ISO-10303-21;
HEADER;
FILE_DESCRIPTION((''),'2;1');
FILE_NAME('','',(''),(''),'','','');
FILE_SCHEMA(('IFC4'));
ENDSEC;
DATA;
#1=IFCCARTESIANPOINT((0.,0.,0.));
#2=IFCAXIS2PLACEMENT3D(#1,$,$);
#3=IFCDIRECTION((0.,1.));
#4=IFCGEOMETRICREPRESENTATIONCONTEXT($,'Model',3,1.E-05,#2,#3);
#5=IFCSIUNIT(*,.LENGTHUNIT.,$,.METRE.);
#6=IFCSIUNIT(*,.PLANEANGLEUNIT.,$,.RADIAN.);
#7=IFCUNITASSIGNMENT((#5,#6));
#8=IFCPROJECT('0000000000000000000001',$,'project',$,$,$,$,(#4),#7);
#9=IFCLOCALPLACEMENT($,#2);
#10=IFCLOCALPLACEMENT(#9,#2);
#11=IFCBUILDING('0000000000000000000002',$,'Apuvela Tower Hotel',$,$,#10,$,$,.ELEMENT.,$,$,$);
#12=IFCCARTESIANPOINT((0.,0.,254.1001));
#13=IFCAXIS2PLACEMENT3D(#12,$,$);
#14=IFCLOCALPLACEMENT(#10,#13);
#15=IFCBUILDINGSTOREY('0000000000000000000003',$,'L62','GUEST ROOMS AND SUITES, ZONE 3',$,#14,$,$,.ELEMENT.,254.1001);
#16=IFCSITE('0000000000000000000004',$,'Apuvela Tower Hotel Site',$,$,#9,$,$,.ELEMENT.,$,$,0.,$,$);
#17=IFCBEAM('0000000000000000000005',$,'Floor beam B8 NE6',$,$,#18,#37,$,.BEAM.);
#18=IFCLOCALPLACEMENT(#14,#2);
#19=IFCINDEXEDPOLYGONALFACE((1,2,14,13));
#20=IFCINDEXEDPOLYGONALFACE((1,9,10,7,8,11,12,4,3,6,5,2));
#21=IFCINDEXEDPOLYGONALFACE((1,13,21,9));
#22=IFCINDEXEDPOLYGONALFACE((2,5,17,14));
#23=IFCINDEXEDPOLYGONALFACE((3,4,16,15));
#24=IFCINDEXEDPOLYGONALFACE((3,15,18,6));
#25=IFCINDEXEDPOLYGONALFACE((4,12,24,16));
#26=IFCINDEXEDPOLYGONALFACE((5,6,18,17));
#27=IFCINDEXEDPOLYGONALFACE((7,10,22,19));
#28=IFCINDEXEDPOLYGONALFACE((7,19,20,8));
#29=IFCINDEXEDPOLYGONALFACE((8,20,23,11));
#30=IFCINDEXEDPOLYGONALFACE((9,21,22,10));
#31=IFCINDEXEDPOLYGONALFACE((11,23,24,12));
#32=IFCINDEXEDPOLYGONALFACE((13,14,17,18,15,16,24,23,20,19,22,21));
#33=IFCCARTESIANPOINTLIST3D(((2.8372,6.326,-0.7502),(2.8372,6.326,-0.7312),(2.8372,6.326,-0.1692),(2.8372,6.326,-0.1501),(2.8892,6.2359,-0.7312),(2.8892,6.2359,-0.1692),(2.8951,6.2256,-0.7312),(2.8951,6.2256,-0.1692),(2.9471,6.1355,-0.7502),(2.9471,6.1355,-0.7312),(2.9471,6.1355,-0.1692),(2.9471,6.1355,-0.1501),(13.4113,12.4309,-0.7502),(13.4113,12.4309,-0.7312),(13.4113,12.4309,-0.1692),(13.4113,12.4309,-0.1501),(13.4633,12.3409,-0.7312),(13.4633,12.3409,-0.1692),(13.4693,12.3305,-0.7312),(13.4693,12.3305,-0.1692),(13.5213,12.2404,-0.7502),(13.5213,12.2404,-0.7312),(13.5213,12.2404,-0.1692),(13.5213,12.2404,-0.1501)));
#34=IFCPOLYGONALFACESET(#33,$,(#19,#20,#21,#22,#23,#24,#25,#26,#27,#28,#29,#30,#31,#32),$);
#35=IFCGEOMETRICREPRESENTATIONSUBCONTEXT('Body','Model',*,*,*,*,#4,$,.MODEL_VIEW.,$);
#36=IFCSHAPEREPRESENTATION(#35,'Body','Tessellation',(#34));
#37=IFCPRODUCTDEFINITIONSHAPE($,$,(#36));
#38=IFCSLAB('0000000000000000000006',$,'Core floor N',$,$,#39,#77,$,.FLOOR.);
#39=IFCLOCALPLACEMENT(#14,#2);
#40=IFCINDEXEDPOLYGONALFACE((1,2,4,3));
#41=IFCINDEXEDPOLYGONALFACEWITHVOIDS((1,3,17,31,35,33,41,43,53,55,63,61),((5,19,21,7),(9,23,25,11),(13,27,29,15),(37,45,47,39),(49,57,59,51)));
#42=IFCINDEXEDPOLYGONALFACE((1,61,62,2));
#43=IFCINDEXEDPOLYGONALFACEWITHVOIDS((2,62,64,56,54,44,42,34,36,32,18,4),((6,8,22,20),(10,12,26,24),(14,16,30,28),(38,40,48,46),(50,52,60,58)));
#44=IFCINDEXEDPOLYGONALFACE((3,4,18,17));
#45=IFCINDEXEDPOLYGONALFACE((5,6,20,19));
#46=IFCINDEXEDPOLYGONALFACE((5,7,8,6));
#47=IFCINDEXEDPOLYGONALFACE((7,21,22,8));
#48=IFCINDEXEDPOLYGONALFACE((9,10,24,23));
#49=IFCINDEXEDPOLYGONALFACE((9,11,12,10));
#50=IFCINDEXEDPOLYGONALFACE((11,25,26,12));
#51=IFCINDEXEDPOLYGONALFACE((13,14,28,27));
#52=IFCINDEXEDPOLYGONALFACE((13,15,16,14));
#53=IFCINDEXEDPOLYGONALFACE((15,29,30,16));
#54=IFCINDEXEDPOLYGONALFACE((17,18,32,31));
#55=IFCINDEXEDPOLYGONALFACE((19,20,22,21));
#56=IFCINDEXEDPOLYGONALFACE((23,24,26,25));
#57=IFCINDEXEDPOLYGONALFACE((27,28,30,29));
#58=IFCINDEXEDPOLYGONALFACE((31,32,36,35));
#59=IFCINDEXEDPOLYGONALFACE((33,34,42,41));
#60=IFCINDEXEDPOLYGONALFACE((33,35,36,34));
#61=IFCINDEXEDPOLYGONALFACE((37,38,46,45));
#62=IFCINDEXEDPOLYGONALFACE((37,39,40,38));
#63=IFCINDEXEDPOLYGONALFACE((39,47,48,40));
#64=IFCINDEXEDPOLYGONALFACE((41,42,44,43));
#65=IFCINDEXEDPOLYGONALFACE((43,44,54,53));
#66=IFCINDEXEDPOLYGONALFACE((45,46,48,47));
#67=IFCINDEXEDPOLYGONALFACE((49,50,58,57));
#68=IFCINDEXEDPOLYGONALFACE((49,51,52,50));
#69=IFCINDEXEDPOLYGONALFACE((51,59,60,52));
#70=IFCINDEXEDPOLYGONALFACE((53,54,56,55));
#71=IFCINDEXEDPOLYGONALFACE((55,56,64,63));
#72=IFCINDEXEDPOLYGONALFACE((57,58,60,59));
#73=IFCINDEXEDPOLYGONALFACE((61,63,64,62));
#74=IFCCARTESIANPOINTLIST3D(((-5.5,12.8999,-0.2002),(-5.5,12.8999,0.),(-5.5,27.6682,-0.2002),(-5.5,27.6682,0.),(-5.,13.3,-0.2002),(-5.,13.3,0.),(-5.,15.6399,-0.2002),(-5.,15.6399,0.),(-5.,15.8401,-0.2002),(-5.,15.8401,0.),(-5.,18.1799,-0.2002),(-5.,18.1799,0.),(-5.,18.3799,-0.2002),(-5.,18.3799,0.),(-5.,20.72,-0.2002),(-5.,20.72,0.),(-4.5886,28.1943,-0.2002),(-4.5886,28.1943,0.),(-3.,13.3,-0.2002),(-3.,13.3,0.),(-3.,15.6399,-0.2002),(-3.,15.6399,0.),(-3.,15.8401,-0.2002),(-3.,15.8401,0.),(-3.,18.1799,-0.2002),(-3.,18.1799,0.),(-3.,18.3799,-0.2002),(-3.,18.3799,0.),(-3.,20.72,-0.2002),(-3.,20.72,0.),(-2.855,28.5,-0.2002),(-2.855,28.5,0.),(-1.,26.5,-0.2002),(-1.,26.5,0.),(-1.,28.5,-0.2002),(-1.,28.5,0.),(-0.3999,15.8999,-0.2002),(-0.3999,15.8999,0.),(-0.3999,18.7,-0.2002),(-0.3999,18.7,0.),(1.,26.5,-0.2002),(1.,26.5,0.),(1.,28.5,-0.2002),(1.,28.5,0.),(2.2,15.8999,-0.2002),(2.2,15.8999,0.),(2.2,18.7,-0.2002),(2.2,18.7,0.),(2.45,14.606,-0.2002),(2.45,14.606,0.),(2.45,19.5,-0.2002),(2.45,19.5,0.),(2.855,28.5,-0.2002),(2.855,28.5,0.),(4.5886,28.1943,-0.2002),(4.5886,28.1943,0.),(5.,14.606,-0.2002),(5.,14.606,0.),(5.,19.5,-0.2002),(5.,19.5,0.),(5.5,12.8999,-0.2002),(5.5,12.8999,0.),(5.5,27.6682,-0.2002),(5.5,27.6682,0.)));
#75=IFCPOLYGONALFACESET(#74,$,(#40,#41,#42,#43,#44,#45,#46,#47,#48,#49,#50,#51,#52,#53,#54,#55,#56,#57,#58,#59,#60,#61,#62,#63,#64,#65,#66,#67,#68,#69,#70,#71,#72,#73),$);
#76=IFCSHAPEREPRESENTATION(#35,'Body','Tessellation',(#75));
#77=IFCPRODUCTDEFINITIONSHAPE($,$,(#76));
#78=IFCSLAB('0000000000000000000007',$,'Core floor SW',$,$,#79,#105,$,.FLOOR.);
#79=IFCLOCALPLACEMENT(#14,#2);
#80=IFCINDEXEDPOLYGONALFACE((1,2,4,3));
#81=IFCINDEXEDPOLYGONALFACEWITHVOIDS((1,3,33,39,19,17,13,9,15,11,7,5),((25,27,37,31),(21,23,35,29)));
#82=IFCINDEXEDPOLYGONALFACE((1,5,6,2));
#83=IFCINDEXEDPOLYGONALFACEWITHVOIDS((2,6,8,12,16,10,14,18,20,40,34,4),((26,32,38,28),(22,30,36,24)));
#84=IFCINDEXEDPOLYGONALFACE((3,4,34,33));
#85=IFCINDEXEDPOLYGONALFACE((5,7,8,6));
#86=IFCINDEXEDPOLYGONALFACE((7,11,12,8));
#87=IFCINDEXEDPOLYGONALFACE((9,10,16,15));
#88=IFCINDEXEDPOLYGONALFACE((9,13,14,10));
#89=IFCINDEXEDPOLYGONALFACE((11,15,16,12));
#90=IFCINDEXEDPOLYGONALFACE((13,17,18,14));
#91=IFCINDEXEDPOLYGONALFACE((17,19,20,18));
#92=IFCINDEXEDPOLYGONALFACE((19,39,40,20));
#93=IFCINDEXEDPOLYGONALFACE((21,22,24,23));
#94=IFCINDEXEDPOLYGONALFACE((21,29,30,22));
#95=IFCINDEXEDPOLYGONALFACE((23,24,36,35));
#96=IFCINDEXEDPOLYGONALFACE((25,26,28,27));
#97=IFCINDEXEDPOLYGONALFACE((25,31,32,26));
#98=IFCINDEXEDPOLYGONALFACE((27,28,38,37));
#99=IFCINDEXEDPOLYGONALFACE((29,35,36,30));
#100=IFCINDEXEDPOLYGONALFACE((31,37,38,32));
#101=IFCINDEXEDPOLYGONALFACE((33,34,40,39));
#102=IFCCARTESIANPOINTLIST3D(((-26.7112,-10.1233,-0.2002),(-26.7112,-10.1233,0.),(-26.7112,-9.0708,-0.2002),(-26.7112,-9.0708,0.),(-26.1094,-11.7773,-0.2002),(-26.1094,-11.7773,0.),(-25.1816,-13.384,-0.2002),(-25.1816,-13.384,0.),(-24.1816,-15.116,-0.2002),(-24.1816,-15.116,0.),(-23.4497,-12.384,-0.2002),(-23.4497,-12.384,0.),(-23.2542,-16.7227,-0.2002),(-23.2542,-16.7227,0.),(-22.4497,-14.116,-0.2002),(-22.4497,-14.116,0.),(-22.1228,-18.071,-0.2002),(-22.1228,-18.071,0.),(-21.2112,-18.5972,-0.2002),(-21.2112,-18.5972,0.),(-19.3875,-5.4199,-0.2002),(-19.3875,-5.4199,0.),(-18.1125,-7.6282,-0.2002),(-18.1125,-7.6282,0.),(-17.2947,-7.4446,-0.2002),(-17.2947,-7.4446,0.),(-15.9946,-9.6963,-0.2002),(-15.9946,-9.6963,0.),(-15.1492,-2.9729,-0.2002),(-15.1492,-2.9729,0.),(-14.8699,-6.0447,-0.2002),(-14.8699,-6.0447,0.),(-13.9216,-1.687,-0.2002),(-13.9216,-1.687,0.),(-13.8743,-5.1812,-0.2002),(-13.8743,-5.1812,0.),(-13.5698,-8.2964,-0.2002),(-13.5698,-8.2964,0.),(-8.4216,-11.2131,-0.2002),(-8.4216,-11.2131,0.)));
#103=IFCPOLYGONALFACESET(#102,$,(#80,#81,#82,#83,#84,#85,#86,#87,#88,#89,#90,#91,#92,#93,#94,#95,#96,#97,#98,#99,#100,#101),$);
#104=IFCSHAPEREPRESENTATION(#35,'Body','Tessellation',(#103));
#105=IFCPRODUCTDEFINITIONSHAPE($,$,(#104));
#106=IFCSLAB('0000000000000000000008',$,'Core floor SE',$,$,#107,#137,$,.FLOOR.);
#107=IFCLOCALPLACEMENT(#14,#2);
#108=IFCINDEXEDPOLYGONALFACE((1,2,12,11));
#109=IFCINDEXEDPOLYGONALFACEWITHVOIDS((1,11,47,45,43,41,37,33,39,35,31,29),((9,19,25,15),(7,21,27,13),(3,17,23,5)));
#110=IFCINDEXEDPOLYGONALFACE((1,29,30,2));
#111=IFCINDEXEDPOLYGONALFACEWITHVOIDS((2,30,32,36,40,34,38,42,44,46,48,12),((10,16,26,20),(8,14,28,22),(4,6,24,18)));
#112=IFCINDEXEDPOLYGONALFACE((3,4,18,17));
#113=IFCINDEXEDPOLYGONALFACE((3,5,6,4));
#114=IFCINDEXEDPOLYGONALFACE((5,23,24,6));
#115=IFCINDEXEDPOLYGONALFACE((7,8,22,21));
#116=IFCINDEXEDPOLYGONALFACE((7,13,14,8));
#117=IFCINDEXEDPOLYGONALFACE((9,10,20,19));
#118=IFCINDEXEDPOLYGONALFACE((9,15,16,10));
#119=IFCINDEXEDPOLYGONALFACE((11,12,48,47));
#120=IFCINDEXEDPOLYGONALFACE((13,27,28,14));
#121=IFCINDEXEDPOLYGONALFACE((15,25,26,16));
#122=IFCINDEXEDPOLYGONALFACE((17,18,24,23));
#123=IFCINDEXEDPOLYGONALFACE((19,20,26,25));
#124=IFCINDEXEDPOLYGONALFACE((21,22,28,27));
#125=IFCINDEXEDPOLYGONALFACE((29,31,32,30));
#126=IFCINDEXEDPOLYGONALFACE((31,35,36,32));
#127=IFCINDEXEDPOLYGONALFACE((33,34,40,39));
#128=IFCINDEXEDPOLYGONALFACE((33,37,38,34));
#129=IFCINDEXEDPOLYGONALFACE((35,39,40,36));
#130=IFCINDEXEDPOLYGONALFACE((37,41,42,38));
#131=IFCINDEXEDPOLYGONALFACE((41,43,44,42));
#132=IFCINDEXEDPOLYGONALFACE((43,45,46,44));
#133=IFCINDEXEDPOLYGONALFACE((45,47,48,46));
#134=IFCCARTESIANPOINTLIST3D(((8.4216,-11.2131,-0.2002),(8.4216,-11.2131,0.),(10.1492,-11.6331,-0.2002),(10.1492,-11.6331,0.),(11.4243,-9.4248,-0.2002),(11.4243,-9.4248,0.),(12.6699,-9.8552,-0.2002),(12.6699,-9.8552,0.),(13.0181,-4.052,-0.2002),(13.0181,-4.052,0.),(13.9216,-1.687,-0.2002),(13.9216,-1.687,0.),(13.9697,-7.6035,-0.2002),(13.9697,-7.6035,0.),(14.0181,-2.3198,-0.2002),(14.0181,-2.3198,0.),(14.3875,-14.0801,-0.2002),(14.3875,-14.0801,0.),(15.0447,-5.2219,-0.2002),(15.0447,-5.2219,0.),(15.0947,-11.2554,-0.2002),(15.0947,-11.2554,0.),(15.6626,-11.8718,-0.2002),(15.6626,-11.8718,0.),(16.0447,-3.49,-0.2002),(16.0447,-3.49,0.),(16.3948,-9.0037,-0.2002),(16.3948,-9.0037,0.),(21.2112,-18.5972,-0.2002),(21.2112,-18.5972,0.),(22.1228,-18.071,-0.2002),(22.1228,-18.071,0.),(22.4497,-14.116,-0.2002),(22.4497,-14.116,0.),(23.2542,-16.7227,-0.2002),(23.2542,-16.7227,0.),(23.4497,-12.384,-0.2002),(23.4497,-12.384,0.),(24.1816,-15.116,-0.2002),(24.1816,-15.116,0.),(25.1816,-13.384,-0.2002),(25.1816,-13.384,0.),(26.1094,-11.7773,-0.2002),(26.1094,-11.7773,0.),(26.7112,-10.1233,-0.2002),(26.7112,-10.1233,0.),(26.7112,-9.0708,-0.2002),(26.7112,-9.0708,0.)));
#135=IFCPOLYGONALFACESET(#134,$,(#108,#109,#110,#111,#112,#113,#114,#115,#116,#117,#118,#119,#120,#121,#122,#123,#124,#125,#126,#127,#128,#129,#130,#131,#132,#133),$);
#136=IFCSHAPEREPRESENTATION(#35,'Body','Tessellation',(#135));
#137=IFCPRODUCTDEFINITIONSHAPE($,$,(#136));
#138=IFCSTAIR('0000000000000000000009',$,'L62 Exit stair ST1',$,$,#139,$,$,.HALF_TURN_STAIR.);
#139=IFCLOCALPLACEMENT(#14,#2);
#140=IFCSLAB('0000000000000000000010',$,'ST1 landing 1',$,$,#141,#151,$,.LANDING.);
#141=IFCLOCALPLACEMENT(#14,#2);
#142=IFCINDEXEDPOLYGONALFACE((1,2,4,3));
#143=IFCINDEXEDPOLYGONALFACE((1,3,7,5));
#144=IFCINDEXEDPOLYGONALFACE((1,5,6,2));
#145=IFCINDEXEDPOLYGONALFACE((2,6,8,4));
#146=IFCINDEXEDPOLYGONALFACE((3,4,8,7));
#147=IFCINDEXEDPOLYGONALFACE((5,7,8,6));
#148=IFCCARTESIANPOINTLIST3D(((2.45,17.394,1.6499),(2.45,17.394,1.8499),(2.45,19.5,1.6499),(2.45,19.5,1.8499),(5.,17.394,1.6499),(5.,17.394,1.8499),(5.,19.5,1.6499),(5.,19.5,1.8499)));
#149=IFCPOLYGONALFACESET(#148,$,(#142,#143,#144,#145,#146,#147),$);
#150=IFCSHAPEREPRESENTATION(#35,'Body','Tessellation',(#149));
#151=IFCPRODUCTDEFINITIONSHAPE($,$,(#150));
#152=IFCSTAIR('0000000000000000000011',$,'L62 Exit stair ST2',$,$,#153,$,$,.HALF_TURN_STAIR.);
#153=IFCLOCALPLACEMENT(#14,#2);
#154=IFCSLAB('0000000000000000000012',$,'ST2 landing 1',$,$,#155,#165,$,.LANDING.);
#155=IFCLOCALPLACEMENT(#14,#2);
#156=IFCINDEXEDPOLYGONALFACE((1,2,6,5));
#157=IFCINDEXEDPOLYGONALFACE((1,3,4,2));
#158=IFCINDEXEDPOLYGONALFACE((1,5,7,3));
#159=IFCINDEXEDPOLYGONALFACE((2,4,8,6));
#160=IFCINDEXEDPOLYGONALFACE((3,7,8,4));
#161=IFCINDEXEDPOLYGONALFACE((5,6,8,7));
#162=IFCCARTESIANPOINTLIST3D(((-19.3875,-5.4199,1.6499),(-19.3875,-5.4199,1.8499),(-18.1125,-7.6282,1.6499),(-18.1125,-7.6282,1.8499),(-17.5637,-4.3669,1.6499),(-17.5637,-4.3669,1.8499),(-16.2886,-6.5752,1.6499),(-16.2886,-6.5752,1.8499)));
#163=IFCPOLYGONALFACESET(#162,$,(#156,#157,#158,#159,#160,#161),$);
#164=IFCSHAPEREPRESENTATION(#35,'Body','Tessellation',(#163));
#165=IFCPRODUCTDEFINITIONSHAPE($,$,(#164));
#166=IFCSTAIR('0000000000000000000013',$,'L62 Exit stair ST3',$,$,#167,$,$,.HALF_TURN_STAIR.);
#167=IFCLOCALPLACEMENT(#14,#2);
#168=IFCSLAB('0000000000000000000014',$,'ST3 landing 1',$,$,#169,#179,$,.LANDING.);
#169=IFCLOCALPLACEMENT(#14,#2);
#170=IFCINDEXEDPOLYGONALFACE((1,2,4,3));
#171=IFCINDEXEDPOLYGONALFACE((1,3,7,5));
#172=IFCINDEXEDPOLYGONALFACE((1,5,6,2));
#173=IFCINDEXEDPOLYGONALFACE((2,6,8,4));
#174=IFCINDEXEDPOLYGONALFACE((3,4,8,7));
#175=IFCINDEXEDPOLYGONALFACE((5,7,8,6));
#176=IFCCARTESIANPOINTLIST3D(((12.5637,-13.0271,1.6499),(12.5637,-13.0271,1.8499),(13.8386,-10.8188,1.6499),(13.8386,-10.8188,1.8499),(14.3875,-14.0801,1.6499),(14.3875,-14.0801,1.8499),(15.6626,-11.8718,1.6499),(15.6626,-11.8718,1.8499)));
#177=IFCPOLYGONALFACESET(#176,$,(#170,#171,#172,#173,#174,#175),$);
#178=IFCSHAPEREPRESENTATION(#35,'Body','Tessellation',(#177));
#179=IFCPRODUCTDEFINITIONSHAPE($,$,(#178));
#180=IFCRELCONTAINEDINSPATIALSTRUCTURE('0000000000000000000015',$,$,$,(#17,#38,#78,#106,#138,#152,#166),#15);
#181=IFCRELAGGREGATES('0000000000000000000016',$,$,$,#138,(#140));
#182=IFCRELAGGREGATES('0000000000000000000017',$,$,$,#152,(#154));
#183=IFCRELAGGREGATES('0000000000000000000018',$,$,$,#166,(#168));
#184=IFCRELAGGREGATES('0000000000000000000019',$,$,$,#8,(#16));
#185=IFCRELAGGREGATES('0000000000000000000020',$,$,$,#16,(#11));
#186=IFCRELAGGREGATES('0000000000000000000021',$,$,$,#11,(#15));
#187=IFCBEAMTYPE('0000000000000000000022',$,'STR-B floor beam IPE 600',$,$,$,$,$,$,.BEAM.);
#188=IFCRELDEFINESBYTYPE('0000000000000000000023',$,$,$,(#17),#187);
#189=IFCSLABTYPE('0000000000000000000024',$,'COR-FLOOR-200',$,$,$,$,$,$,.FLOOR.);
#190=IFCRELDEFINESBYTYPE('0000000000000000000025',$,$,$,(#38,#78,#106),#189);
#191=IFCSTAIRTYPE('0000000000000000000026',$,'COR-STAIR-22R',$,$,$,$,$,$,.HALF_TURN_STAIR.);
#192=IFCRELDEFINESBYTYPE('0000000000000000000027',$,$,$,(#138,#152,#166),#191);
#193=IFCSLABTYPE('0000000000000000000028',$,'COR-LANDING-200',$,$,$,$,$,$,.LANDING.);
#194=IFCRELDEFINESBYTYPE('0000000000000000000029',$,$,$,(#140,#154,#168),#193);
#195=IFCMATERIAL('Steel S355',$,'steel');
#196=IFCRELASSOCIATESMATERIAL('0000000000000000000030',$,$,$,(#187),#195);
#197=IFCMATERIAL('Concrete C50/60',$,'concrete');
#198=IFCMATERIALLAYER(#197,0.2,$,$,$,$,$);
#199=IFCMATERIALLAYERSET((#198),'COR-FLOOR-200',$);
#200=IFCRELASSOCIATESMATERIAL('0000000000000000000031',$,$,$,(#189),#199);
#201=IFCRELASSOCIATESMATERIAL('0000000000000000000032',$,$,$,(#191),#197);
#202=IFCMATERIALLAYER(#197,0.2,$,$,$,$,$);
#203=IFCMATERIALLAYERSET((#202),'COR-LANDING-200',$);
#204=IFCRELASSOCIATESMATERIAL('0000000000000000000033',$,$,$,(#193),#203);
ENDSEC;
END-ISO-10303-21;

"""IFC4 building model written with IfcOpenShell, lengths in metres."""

from ifc_helpers import new_model, si_unit, direction, frame, origin, origin_2d, place, context, subcontext, project, spatial, polyline, i_section, outline, extrude, material, layer, layer_set, material_profile, profile_set, type_object, element, aggregate, save


model = new_model("IFC4")

# Units and contexts
model_context = context("Model", 3, precision=1e-05, world=origin(), true_north=direction((0.0, 1.0)))
body_context = subcontext(model_context, "Body", "Model", "MODEL_VIEW")
ifc_project = project(units=[si_unit("LENGTHUNIT", "METRE"), si_unit("PLANEANGLEUNIT", "RADIAN")], contexts=[model_context])

# Site, building, storey
site_placement = place(None, origin())
site = spatial("IfcSite", under=ifc_project, at=site_placement, Name="Apuvela Tower Hotel Site", CompositionType="ELEMENT", RefElevation=0.0)
building_placement = place(site_placement, origin())
building = spatial("IfcBuilding", under=site, at=building_placement, Name="Apuvela Tower Hotel", CompositionType="ELEMENT")
storey_placement = place(building_placement, frame((0.0, 0.0, 254.1001)))
storey = spatial("IfcBuildingStorey", under=building, at=storey_placement, Name="L62", Description="GUEST ROOMS AND SUITES, ZONE 3", CompositionType="ELEMENT", Elevation=254.1001)

# Beam
ifc_material_1 = material(Name="Steel S355", Category="steel")
ifc_material_profile = material_profile(ifc_material_1, i_section(OverallWidth=0.22, OverallDepth=0.6001, WebThickness=0.012, FlangeThickness=0.019, at=origin_2d()), Name="IPE 600")
ifc_profile_set = profile_set([ifc_material_profile], Name="Steel S355")
beam_type = type_object("IfcBeamType", Name="STR-B floor beam IPE 600", PredefinedType="BEAM", material=ifc_profile_set)
beam_placement = place(storey_placement, frame((13.4663, 12.3357, -0.4502), z_axis=(-0.866027, -0.499997, 0.0), x_axis=(0.499997, -0.866027, 0.0)))
element("IfcBeam", 1, at=beam_placement, inside=storey, type_object=beam_type, Name="Floor beam B8 NE6", PredefinedType="BEAM", context=body_context, shape_type="SweptSolid", body=[
    extrude(i_section(OverallWidth=0.22, OverallDepth=0.6001, WebThickness=0.012, FlangeThickness=0.019, at=origin_2d()), origin(), (0.0, 0.0, 1.0), 12.21),
])

# Slabs
ifc_material_2 = material(Name="Concrete C50/60", Category="concrete")
ifc_layer_1 = layer(ifc_material_2, 0.2)
ifc_layer_set_1 = layer_set([ifc_layer_1], Name="COR-FLOOR-200")
slab_type_1 = type_object("IfcSlabType", Name="COR-FLOOR-200", PredefinedType="FLOOR", material=ifc_layer_set_1)
slab_1_placement = place(storey_placement, frame((0.0, 0.0, -0.2002)))
element("IfcSlab", 2, at=slab_1_placement, inside=storey, type_object=slab_type_1, Name="Core floor N", PredefinedType="FLOOR", context=body_context, shape_type="SweptSolid", body=[
    extrude(outline(polyline([(5.5, 27.6682), (4.5886, 28.1943), (2.855, 28.5), (1.0, 28.5), (1.0, 26.5), (-1.0, 26.5), (-1.0, 28.5), (-2.855, 28.5), (-4.5886, 28.1943), (-5.5, 27.6682), (-5.5, 12.8999), (5.5, 12.8999), (5.5, 27.6682)]), holes=[polyline([(-3.0, 13.3), (-5.0, 13.3), (-5.0, 15.6399), (-3.0, 15.6399), (-3.0, 13.3)]), polyline([(-3.0, 15.8401), (-5.0, 15.8401), (-5.0, 18.1799), (-3.0, 18.1799), (-3.0, 15.8401)]), polyline([(5.0, 14.606), (2.45, 14.606), (2.45, 19.5), (5.0, 19.5), (5.0, 14.606)]), polyline([(2.2, 18.7), (2.2, 15.8999), (-0.3999, 15.8999), (-0.3999, 18.7), (2.2, 18.7)]), polyline([(-3.0, 20.72), (-3.0, 18.3799), (-5.0, 18.3799), (-5.0, 20.72), (-3.0, 20.72)])]), origin(), (0.0, 0.0, 1.0), 0.2002),
])
slab_2_placement = place(storey_placement, frame((0.0, 0.0, -0.2002)))
element("IfcSlab", 3, at=slab_2_placement, inside=storey, type_object=slab_type_1, Name="Core floor SW", PredefinedType="FLOOR", context=body_context, shape_type="SweptSolid", body=[
    extrude(outline(polyline([(-26.7112, -9.0708), (-26.7112, -10.1233), (-26.1094, -11.7773), (-25.1816, -13.384), (-23.4497, -12.384), (-22.4497, -14.116), (-24.1816, -15.116), (-23.2542, -16.7227), (-22.1228, -18.071), (-21.2112, -18.5972), (-8.4216, -11.2131), (-13.9216, -1.687), (-26.7112, -9.0708)]), holes=[polyline([(-13.8743, -5.1812), (-18.1125, -7.6282), (-19.3875, -5.4199), (-15.1492, -2.9729), (-13.8743, -5.1812)]), polyline([(-13.5698, -8.2964), (-15.9946, -9.6963), (-17.2947, -7.4446), (-14.8699, -6.0447), (-13.5698, -8.2964)])]), origin(), (0.0, 0.0, 1.0), 0.2002),
])
slab_3_placement = place(storey_placement, frame((0.0, 0.0, -0.2002)))
element("IfcSlab", 4, at=slab_3_placement, inside=storey, type_object=slab_type_1, Name="Core floor SE", PredefinedType="FLOOR", context=body_context, shape_type="SweptSolid", body=[
    extrude(outline(polyline([(21.2112, -18.5972), (22.1228, -18.071), (23.2542, -16.7227), (24.1816, -15.116), (22.4497, -14.116), (23.4497, -12.384), (25.1816, -13.384), (26.1094, -11.7773), (26.7112, -10.1233), (26.7112, -9.0708), (13.9216, -1.687), (8.4216, -11.2131), (21.2112, -18.5972)]), holes=[polyline([(14.0181, -2.3198), (16.0447, -3.49), (15.0447, -5.2219), (13.0181, -4.052), (14.0181, -2.3198)]), polyline([(10.1492, -11.6331), (11.4243, -9.4248), (15.6626, -11.8718), (14.3875, -14.0801), (10.1492, -11.6331)]), polyline([(12.6699, -9.8552), (13.9697, -7.6035), (16.3948, -9.0037), (15.0947, -11.2554), (12.6699, -9.8552)])]), origin(), (0.0, 0.0, 1.0), 0.2002),
])

# Stairs, slabs
stair_type = type_object("IfcStairType", Name="COR-STAIR-22R", PredefinedType="HALF_TURN_STAIR", material=ifc_material_2)
stair_1_placement = place(storey_placement, origin())
stair_1 = element("IfcStair", 5, at=stair_1_placement, inside=storey, type_object=stair_type, Name="L62 Exit stair ST1", PredefinedType="HALF_TURN_STAIR")
ifc_layer_2 = layer(ifc_material_2, 0.2)
ifc_layer_set_2 = layer_set([ifc_layer_2], Name="COR-LANDING-200")
slab_type_2 = type_object("IfcSlabType", Name="COR-LANDING-200", PredefinedType="LANDING", material=ifc_layer_set_2)
slab_4_placement = place(storey_placement, frame((0.0, 0.0, 1.6499)))
slab_4 = element("IfcSlab", 6, at=slab_4_placement, type_object=slab_type_2, Name="ST1 landing 1", PredefinedType="LANDING", context=body_context, shape_type="SweptSolid", body=[
    extrude(outline(polyline([(5.0, 17.394), (5.0, 19.5), (2.45, 19.5), (2.45, 17.394), (5.0, 17.394)])), origin(), (0.0, 0.0, 1.0), 0.2),
])
aggregate(stair_1, [slab_4])
stair_2_placement = place(storey_placement, origin())
stair_2 = element("IfcStair", 7, at=stair_2_placement, inside=storey, type_object=stair_type, Name="L62 Exit stair ST2", PredefinedType="HALF_TURN_STAIR")
slab_5_placement = place(storey_placement, frame((0.0, 0.0, 1.6499)))
slab_5 = element("IfcSlab", 8, at=slab_5_placement, type_object=slab_type_2, Name="ST2 landing 1", PredefinedType="LANDING", context=body_context, shape_type="SweptSolid", body=[
    extrude(outline(polyline([(-17.5637, -4.3669), (-19.3875, -5.4199), (-18.1125, -7.6282), (-16.2886, -6.5752), (-17.5637, -4.3669)])), origin(), (0.0, 0.0, 1.0), 0.2),
])
aggregate(stair_2, [slab_5])
stair_3_placement = place(storey_placement, origin())
stair_3 = element("IfcStair", 9, at=stair_3_placement, inside=storey, type_object=stair_type, Name="L62 Exit stair ST3", PredefinedType="HALF_TURN_STAIR")
slab_6_placement = place(storey_placement, frame((0.0, 0.0, 1.6499)))
slab_6 = element("IfcSlab", 10, at=slab_6_placement, type_object=slab_type_2, Name="ST3 landing 1", PredefinedType="LANDING", context=body_context, shape_type="SweptSolid", body=[
    extrude(outline(polyline([(12.5637, -13.0271), (14.3875, -14.0801), (15.6626, -11.8718), (13.8386, -10.8188), (12.5637, -13.0271)])), origin(), (0.0, 0.0, 1.0), 0.2),
])
aggregate(stair_3, [slab_6])

save(model, "model.ifc")
